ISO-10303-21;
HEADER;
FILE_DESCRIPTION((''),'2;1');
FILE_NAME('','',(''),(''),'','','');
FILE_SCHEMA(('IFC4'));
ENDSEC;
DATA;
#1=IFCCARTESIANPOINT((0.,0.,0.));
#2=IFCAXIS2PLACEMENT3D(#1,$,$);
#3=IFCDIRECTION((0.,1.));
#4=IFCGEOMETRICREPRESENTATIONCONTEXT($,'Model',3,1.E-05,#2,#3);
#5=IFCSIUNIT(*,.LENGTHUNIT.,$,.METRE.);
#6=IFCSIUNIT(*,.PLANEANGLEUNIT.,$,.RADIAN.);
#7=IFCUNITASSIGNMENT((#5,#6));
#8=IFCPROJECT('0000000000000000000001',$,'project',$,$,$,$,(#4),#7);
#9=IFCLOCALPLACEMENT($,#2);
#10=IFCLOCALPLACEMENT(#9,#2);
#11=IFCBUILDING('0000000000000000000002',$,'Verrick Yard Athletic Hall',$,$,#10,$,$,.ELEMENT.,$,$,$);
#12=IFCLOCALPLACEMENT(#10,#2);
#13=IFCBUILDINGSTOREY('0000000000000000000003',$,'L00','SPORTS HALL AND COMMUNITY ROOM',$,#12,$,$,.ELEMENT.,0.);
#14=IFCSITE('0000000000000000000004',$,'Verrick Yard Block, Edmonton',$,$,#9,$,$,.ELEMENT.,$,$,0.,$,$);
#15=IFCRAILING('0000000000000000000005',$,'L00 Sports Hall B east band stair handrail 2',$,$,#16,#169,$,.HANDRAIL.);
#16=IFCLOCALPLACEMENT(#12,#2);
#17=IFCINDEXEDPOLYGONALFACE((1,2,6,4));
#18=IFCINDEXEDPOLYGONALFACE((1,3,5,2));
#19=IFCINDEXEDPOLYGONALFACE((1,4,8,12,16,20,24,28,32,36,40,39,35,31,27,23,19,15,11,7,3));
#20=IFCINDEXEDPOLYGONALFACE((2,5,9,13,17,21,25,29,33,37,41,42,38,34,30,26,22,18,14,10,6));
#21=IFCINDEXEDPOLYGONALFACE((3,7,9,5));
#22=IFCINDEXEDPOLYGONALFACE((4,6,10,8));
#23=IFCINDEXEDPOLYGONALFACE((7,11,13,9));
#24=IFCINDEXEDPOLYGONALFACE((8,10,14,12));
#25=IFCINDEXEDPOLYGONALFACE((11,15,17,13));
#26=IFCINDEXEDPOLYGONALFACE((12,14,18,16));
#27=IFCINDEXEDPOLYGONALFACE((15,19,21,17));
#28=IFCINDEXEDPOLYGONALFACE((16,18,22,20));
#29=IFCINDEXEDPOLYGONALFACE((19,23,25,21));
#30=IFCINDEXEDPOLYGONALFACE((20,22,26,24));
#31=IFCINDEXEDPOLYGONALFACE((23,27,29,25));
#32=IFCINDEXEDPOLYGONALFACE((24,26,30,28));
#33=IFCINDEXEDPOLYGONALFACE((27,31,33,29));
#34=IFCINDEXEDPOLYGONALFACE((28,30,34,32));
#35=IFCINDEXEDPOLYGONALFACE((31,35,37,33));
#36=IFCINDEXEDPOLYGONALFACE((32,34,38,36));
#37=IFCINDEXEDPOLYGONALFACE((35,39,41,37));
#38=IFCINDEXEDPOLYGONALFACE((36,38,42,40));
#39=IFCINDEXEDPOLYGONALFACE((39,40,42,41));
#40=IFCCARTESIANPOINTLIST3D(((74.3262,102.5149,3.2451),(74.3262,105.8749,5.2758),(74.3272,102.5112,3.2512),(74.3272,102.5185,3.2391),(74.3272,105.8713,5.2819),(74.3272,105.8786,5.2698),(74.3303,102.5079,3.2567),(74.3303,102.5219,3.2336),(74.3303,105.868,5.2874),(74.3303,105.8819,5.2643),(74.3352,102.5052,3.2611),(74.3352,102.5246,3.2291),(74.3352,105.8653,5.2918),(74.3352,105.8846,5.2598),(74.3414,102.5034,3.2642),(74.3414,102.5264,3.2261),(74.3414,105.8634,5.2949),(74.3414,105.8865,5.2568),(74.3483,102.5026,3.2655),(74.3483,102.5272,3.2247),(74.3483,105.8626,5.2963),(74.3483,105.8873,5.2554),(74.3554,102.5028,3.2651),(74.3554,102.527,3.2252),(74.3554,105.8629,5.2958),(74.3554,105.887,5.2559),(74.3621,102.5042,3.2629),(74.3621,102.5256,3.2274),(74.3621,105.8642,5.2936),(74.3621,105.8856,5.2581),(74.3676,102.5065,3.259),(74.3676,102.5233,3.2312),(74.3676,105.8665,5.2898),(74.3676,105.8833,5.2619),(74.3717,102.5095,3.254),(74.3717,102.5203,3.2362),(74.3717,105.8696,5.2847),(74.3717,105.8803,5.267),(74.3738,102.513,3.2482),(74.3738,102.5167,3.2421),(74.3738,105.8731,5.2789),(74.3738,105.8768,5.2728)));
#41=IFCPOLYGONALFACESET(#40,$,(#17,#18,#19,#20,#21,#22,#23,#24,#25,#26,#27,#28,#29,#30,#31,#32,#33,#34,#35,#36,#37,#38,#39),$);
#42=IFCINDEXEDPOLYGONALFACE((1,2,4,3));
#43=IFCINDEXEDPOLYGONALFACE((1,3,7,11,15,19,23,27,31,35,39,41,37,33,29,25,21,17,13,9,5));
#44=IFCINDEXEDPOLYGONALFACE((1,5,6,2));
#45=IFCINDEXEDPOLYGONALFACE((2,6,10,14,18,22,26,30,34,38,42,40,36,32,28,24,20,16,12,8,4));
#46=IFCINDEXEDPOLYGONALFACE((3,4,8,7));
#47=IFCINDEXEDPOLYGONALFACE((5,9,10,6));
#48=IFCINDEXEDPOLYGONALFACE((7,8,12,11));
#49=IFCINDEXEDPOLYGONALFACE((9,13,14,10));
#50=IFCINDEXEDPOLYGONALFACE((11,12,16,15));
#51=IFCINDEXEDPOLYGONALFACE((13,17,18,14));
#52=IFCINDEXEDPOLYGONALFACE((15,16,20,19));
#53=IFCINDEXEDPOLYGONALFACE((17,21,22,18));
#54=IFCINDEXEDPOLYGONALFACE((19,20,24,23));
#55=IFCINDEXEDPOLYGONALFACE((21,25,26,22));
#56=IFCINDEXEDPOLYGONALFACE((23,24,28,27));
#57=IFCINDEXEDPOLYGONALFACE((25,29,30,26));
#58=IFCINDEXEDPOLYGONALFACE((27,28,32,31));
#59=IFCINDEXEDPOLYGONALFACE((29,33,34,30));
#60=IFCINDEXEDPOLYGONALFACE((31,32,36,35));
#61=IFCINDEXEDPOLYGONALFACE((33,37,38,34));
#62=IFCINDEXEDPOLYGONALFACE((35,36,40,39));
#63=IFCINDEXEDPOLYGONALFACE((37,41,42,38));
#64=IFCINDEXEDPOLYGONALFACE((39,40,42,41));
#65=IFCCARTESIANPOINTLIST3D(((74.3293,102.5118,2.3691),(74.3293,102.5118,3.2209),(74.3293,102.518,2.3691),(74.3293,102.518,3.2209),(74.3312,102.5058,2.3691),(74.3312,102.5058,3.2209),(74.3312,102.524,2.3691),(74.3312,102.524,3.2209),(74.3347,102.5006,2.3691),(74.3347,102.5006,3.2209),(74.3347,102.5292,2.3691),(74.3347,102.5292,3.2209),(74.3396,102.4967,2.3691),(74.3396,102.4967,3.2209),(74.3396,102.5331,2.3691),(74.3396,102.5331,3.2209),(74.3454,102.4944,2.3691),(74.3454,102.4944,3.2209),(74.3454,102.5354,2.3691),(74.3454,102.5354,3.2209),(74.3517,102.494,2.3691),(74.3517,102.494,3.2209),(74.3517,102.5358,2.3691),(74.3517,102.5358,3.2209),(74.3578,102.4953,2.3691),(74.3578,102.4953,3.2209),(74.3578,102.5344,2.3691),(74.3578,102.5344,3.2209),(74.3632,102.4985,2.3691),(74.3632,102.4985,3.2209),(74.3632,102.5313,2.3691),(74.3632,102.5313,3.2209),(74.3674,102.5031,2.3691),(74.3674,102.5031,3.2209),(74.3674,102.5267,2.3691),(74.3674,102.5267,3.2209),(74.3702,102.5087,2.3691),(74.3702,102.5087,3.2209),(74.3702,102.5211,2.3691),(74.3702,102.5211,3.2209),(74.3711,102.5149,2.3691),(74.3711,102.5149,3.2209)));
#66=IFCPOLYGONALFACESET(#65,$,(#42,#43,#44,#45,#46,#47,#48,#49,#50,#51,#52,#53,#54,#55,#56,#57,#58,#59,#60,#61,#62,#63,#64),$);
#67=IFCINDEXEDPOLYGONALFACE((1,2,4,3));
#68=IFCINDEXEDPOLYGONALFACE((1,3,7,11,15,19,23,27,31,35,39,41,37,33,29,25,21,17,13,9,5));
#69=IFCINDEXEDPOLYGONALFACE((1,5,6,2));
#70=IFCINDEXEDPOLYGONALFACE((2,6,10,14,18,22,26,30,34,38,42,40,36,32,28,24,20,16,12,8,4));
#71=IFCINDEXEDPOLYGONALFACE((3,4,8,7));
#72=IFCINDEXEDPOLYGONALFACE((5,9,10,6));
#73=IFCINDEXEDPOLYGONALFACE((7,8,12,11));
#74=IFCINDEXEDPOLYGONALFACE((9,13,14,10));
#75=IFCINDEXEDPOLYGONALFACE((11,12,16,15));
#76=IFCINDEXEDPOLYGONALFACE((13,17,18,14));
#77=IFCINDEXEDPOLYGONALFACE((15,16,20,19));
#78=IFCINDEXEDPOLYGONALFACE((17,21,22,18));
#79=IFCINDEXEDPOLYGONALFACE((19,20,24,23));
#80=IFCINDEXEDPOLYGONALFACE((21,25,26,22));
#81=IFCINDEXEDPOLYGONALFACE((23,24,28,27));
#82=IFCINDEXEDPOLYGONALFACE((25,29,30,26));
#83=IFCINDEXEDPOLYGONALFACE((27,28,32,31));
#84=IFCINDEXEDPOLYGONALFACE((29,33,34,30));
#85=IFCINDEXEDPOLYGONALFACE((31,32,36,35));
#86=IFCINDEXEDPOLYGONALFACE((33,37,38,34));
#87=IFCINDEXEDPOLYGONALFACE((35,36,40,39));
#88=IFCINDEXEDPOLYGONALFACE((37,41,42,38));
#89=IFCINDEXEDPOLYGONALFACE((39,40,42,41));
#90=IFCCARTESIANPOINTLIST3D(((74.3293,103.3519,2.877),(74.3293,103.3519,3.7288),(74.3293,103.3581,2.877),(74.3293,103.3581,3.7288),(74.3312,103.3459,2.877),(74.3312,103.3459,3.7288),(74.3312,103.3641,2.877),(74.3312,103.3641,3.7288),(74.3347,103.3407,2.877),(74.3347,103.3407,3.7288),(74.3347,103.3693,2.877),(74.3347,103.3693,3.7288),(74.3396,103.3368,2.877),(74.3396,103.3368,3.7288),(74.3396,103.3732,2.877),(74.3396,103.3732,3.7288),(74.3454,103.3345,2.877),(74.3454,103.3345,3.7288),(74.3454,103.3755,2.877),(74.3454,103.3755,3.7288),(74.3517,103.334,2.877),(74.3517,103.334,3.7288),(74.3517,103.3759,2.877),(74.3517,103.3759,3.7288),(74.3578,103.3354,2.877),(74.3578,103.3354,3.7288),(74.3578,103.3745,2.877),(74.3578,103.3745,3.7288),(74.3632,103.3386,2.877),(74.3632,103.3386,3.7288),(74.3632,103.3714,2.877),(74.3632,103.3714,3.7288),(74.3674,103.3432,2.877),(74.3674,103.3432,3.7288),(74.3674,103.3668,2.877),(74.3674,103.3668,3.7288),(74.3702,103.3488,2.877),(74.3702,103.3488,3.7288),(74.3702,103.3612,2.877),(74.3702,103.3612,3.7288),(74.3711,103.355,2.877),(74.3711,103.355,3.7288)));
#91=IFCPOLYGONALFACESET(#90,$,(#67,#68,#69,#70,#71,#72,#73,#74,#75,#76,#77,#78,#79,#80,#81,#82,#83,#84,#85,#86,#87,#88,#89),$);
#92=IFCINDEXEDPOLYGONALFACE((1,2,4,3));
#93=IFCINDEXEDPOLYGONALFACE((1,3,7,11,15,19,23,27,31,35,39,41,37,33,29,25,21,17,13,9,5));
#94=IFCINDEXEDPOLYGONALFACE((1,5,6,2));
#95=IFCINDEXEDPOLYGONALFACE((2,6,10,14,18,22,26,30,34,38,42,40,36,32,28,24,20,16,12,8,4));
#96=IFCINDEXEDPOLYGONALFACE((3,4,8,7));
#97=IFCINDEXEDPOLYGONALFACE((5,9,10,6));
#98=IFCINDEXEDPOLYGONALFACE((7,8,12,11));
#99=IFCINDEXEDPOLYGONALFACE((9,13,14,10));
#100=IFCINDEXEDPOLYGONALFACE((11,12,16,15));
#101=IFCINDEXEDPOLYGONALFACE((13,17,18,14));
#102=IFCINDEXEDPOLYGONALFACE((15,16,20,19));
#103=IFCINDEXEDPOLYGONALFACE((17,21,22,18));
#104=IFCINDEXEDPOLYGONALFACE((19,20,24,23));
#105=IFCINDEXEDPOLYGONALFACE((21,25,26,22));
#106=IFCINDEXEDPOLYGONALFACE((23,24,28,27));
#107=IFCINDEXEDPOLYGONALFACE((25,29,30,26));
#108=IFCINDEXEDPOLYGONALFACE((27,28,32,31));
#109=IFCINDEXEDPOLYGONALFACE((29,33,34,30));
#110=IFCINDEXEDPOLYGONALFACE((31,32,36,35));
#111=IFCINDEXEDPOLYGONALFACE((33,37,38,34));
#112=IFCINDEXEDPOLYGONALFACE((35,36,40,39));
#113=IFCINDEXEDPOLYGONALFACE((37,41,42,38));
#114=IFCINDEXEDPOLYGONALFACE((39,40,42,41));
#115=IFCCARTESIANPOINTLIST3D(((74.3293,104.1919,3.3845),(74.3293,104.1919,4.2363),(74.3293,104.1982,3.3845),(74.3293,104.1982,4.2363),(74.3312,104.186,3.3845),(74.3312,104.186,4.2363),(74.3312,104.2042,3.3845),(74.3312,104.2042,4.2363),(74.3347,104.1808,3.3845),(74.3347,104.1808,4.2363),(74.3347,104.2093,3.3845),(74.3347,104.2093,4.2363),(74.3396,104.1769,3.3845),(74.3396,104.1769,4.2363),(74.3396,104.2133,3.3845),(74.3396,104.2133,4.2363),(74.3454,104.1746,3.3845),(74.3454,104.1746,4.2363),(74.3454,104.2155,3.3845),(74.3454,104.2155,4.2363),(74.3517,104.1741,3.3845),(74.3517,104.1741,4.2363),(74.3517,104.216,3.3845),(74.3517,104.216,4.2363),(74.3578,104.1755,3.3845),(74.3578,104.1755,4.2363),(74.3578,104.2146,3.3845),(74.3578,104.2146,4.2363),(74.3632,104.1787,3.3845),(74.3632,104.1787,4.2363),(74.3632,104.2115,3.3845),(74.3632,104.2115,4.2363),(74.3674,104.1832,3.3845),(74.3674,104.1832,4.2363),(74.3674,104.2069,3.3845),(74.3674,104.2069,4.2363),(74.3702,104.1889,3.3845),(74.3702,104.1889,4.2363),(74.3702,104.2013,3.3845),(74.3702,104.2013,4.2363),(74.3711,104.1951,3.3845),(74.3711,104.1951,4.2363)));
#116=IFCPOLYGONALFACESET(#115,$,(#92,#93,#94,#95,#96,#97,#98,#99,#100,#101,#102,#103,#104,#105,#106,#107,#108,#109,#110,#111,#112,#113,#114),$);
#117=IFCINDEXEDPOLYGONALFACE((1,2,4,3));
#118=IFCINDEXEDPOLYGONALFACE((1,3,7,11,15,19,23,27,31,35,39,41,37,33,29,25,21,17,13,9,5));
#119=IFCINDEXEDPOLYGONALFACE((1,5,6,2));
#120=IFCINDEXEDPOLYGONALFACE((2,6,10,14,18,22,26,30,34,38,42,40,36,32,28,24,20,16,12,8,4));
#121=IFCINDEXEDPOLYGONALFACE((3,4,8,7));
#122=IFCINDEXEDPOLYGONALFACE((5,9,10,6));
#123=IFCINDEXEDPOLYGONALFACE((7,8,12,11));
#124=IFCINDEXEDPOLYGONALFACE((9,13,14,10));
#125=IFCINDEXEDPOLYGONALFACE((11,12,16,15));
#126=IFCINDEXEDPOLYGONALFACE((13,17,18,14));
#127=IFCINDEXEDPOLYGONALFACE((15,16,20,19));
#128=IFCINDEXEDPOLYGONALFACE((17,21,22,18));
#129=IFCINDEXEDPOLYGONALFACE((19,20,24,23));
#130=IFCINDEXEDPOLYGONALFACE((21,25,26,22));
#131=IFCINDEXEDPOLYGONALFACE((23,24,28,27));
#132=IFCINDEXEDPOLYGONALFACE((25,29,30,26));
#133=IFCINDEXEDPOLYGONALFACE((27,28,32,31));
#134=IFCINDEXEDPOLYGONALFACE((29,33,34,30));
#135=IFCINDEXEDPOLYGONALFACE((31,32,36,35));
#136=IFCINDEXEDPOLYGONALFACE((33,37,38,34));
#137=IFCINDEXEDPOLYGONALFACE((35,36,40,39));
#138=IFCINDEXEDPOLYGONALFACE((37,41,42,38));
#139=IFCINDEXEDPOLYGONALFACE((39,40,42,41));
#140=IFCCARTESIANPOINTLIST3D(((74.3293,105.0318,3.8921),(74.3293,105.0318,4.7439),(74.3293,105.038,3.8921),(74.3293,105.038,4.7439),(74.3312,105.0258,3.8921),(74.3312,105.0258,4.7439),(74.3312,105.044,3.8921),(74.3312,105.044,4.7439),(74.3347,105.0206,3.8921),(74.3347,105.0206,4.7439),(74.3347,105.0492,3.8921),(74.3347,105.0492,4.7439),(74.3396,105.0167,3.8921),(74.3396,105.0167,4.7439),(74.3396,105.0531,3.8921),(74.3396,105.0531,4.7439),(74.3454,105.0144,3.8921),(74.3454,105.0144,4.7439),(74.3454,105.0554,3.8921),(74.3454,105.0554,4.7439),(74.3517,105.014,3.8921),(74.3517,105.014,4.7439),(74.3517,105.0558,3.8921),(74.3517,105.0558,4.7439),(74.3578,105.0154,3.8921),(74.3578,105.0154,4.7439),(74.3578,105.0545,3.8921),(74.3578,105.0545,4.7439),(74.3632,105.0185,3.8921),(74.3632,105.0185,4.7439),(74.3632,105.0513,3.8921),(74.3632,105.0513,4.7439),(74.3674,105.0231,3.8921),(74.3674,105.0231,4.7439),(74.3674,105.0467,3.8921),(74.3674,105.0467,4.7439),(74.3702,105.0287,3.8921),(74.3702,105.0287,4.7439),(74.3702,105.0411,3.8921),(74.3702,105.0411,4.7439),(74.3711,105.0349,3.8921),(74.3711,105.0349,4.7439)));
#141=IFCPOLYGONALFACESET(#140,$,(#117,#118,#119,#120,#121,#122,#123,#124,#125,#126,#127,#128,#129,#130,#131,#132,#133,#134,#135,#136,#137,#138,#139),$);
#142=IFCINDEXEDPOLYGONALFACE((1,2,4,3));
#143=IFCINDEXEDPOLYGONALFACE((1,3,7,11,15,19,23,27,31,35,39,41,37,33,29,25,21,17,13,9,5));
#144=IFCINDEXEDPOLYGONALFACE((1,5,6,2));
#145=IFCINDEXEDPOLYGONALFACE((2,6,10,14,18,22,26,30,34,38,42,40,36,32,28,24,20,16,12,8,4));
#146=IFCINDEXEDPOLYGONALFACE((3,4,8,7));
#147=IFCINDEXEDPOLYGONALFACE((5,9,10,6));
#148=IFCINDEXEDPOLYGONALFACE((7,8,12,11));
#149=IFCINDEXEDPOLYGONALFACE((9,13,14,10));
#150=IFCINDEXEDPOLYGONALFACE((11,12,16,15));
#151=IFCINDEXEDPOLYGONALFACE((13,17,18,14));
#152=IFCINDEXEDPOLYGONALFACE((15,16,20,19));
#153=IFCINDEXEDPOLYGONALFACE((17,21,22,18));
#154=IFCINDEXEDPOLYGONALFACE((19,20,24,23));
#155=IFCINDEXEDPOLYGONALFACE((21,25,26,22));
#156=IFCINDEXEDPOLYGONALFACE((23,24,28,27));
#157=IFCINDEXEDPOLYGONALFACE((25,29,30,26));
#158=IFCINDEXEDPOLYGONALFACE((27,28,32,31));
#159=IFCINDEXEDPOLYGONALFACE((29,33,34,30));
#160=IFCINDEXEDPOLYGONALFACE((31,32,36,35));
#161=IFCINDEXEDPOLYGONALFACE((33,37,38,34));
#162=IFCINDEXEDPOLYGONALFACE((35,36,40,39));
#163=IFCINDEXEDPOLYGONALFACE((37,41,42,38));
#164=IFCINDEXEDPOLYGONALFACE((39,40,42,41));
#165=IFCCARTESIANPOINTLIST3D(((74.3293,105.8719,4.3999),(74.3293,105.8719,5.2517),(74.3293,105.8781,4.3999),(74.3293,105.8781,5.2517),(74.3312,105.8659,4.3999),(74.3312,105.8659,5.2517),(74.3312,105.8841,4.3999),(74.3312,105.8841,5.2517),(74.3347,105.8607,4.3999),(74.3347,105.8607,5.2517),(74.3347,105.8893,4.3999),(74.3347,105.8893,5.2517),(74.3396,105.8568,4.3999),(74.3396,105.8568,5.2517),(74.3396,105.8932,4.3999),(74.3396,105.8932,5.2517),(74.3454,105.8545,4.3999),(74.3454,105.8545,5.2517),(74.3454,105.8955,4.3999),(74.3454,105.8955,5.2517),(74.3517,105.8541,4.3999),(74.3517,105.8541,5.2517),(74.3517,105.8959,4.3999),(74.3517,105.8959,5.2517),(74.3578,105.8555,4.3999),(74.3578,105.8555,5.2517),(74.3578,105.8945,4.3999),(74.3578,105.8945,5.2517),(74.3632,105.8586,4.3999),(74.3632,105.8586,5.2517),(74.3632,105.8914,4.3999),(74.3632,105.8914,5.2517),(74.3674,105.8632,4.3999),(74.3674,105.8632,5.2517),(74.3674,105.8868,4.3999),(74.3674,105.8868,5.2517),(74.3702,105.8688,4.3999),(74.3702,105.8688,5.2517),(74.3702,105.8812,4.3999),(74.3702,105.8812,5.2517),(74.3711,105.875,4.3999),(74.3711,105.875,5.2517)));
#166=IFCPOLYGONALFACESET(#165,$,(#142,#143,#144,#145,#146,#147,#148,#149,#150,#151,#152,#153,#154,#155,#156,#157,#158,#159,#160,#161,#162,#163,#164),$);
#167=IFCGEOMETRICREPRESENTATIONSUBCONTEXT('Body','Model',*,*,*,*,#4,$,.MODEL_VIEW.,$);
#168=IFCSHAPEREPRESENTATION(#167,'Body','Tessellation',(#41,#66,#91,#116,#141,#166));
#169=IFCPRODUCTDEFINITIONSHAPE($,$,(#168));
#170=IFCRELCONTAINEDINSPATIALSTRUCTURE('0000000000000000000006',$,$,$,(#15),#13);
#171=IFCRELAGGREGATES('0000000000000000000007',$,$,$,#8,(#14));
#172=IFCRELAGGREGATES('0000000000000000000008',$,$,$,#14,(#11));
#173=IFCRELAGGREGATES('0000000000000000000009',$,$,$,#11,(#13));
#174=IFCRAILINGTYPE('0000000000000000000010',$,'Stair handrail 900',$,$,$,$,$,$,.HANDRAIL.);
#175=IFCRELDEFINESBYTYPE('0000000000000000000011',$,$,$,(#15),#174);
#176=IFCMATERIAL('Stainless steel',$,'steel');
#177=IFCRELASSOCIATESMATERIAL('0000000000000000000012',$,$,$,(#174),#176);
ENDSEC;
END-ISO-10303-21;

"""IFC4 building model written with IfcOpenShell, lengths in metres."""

from ifc_helpers import new_model, si_unit, direction, frame, origin, origin_2d, place, context, subcontext, project, spatial, circle, extrude, material, type_object, element, save


model = new_model("IFC4")

# Units and contexts
model_context = context("Model", 3, precision=1e-05, world=origin(), true_north=direction((0.0, 1.0)))
body_context = subcontext(model_context, "Body", "Model", "MODEL_VIEW")
ifc_project = project(units=[si_unit("LENGTHUNIT", "METRE"), si_unit("PLANEANGLEUNIT", "RADIAN")], contexts=[model_context])

# Site, building, storey
site_placement = place(None, origin())
site = spatial("IfcSite", under=ifc_project, at=site_placement, Name="Verrick Yard Block, Edmonton", CompositionType="ELEMENT", RefElevation=0.0)
building_placement = place(site_placement, origin())
building = spatial("IfcBuilding", under=site, at=building_placement, Name="Verrick Yard Athletic Hall", CompositionType="ELEMENT")
storey_placement = place(building_placement, origin())
storey = spatial("IfcBuildingStorey", under=building, at=storey_placement, Name="L00", Description="SPORTS HALL AND COMMUNITY ROOM", CompositionType="ELEMENT", Elevation=0.0)

# Railing
ifc_material_1 = material(Name="Stainless steel", Category="steel")
railing_type_1 = type_object("IfcRailingType", Name="Stair handrail 900", PredefinedType="HANDRAIL", material=ifc_material_1)
railing_1_placement = place(storey_placement, frame((74.3501, 102.5149, 2.3691)))
element("IfcRailing", 1, at=railing_1_placement, inside=storey, type_object=railing_type_1, Name="L00 Sports Hall B east band stair handrail 2", PredefinedType="HANDRAIL", context=body_context, shape_type="SweptSolid", body=[
    extrude(circle(Radius=0.0239, at=origin_2d()), frame((0.0, 0.0, 0.876), z_axis=(0.0, 0.855837, 0.517246), x_axis=(-1.0, 0.0, 0.0)), (0.0, 0.0, 1.0), 3.926),
    extrude(circle(Radius=0.021, at=origin_2d()), origin(), (0.0, 0.0, 1.0), 0.8518),
    extrude(circle(Radius=0.021, at=origin_2d()), frame((0.0, 0.8401, 0.5078)), (0.0, 0.0, 1.0), 0.8518),
    extrude(circle(Radius=0.021, at=origin_2d()), frame((0.0, 1.6802, 1.0154)), (0.0, 0.0, 1.0), 0.8518),
    extrude(circle(Radius=0.021, at=origin_2d()), frame((0.0, 2.52, 1.5229)), (0.0, 0.0, 1.0), 0.8518),
    extrude(circle(Radius=0.021, at=origin_2d()), frame((0.0, 3.3601, 2.0308)), (0.0, 0.0, 1.0), 0.8518),
])

save(model, "model.ifc")
